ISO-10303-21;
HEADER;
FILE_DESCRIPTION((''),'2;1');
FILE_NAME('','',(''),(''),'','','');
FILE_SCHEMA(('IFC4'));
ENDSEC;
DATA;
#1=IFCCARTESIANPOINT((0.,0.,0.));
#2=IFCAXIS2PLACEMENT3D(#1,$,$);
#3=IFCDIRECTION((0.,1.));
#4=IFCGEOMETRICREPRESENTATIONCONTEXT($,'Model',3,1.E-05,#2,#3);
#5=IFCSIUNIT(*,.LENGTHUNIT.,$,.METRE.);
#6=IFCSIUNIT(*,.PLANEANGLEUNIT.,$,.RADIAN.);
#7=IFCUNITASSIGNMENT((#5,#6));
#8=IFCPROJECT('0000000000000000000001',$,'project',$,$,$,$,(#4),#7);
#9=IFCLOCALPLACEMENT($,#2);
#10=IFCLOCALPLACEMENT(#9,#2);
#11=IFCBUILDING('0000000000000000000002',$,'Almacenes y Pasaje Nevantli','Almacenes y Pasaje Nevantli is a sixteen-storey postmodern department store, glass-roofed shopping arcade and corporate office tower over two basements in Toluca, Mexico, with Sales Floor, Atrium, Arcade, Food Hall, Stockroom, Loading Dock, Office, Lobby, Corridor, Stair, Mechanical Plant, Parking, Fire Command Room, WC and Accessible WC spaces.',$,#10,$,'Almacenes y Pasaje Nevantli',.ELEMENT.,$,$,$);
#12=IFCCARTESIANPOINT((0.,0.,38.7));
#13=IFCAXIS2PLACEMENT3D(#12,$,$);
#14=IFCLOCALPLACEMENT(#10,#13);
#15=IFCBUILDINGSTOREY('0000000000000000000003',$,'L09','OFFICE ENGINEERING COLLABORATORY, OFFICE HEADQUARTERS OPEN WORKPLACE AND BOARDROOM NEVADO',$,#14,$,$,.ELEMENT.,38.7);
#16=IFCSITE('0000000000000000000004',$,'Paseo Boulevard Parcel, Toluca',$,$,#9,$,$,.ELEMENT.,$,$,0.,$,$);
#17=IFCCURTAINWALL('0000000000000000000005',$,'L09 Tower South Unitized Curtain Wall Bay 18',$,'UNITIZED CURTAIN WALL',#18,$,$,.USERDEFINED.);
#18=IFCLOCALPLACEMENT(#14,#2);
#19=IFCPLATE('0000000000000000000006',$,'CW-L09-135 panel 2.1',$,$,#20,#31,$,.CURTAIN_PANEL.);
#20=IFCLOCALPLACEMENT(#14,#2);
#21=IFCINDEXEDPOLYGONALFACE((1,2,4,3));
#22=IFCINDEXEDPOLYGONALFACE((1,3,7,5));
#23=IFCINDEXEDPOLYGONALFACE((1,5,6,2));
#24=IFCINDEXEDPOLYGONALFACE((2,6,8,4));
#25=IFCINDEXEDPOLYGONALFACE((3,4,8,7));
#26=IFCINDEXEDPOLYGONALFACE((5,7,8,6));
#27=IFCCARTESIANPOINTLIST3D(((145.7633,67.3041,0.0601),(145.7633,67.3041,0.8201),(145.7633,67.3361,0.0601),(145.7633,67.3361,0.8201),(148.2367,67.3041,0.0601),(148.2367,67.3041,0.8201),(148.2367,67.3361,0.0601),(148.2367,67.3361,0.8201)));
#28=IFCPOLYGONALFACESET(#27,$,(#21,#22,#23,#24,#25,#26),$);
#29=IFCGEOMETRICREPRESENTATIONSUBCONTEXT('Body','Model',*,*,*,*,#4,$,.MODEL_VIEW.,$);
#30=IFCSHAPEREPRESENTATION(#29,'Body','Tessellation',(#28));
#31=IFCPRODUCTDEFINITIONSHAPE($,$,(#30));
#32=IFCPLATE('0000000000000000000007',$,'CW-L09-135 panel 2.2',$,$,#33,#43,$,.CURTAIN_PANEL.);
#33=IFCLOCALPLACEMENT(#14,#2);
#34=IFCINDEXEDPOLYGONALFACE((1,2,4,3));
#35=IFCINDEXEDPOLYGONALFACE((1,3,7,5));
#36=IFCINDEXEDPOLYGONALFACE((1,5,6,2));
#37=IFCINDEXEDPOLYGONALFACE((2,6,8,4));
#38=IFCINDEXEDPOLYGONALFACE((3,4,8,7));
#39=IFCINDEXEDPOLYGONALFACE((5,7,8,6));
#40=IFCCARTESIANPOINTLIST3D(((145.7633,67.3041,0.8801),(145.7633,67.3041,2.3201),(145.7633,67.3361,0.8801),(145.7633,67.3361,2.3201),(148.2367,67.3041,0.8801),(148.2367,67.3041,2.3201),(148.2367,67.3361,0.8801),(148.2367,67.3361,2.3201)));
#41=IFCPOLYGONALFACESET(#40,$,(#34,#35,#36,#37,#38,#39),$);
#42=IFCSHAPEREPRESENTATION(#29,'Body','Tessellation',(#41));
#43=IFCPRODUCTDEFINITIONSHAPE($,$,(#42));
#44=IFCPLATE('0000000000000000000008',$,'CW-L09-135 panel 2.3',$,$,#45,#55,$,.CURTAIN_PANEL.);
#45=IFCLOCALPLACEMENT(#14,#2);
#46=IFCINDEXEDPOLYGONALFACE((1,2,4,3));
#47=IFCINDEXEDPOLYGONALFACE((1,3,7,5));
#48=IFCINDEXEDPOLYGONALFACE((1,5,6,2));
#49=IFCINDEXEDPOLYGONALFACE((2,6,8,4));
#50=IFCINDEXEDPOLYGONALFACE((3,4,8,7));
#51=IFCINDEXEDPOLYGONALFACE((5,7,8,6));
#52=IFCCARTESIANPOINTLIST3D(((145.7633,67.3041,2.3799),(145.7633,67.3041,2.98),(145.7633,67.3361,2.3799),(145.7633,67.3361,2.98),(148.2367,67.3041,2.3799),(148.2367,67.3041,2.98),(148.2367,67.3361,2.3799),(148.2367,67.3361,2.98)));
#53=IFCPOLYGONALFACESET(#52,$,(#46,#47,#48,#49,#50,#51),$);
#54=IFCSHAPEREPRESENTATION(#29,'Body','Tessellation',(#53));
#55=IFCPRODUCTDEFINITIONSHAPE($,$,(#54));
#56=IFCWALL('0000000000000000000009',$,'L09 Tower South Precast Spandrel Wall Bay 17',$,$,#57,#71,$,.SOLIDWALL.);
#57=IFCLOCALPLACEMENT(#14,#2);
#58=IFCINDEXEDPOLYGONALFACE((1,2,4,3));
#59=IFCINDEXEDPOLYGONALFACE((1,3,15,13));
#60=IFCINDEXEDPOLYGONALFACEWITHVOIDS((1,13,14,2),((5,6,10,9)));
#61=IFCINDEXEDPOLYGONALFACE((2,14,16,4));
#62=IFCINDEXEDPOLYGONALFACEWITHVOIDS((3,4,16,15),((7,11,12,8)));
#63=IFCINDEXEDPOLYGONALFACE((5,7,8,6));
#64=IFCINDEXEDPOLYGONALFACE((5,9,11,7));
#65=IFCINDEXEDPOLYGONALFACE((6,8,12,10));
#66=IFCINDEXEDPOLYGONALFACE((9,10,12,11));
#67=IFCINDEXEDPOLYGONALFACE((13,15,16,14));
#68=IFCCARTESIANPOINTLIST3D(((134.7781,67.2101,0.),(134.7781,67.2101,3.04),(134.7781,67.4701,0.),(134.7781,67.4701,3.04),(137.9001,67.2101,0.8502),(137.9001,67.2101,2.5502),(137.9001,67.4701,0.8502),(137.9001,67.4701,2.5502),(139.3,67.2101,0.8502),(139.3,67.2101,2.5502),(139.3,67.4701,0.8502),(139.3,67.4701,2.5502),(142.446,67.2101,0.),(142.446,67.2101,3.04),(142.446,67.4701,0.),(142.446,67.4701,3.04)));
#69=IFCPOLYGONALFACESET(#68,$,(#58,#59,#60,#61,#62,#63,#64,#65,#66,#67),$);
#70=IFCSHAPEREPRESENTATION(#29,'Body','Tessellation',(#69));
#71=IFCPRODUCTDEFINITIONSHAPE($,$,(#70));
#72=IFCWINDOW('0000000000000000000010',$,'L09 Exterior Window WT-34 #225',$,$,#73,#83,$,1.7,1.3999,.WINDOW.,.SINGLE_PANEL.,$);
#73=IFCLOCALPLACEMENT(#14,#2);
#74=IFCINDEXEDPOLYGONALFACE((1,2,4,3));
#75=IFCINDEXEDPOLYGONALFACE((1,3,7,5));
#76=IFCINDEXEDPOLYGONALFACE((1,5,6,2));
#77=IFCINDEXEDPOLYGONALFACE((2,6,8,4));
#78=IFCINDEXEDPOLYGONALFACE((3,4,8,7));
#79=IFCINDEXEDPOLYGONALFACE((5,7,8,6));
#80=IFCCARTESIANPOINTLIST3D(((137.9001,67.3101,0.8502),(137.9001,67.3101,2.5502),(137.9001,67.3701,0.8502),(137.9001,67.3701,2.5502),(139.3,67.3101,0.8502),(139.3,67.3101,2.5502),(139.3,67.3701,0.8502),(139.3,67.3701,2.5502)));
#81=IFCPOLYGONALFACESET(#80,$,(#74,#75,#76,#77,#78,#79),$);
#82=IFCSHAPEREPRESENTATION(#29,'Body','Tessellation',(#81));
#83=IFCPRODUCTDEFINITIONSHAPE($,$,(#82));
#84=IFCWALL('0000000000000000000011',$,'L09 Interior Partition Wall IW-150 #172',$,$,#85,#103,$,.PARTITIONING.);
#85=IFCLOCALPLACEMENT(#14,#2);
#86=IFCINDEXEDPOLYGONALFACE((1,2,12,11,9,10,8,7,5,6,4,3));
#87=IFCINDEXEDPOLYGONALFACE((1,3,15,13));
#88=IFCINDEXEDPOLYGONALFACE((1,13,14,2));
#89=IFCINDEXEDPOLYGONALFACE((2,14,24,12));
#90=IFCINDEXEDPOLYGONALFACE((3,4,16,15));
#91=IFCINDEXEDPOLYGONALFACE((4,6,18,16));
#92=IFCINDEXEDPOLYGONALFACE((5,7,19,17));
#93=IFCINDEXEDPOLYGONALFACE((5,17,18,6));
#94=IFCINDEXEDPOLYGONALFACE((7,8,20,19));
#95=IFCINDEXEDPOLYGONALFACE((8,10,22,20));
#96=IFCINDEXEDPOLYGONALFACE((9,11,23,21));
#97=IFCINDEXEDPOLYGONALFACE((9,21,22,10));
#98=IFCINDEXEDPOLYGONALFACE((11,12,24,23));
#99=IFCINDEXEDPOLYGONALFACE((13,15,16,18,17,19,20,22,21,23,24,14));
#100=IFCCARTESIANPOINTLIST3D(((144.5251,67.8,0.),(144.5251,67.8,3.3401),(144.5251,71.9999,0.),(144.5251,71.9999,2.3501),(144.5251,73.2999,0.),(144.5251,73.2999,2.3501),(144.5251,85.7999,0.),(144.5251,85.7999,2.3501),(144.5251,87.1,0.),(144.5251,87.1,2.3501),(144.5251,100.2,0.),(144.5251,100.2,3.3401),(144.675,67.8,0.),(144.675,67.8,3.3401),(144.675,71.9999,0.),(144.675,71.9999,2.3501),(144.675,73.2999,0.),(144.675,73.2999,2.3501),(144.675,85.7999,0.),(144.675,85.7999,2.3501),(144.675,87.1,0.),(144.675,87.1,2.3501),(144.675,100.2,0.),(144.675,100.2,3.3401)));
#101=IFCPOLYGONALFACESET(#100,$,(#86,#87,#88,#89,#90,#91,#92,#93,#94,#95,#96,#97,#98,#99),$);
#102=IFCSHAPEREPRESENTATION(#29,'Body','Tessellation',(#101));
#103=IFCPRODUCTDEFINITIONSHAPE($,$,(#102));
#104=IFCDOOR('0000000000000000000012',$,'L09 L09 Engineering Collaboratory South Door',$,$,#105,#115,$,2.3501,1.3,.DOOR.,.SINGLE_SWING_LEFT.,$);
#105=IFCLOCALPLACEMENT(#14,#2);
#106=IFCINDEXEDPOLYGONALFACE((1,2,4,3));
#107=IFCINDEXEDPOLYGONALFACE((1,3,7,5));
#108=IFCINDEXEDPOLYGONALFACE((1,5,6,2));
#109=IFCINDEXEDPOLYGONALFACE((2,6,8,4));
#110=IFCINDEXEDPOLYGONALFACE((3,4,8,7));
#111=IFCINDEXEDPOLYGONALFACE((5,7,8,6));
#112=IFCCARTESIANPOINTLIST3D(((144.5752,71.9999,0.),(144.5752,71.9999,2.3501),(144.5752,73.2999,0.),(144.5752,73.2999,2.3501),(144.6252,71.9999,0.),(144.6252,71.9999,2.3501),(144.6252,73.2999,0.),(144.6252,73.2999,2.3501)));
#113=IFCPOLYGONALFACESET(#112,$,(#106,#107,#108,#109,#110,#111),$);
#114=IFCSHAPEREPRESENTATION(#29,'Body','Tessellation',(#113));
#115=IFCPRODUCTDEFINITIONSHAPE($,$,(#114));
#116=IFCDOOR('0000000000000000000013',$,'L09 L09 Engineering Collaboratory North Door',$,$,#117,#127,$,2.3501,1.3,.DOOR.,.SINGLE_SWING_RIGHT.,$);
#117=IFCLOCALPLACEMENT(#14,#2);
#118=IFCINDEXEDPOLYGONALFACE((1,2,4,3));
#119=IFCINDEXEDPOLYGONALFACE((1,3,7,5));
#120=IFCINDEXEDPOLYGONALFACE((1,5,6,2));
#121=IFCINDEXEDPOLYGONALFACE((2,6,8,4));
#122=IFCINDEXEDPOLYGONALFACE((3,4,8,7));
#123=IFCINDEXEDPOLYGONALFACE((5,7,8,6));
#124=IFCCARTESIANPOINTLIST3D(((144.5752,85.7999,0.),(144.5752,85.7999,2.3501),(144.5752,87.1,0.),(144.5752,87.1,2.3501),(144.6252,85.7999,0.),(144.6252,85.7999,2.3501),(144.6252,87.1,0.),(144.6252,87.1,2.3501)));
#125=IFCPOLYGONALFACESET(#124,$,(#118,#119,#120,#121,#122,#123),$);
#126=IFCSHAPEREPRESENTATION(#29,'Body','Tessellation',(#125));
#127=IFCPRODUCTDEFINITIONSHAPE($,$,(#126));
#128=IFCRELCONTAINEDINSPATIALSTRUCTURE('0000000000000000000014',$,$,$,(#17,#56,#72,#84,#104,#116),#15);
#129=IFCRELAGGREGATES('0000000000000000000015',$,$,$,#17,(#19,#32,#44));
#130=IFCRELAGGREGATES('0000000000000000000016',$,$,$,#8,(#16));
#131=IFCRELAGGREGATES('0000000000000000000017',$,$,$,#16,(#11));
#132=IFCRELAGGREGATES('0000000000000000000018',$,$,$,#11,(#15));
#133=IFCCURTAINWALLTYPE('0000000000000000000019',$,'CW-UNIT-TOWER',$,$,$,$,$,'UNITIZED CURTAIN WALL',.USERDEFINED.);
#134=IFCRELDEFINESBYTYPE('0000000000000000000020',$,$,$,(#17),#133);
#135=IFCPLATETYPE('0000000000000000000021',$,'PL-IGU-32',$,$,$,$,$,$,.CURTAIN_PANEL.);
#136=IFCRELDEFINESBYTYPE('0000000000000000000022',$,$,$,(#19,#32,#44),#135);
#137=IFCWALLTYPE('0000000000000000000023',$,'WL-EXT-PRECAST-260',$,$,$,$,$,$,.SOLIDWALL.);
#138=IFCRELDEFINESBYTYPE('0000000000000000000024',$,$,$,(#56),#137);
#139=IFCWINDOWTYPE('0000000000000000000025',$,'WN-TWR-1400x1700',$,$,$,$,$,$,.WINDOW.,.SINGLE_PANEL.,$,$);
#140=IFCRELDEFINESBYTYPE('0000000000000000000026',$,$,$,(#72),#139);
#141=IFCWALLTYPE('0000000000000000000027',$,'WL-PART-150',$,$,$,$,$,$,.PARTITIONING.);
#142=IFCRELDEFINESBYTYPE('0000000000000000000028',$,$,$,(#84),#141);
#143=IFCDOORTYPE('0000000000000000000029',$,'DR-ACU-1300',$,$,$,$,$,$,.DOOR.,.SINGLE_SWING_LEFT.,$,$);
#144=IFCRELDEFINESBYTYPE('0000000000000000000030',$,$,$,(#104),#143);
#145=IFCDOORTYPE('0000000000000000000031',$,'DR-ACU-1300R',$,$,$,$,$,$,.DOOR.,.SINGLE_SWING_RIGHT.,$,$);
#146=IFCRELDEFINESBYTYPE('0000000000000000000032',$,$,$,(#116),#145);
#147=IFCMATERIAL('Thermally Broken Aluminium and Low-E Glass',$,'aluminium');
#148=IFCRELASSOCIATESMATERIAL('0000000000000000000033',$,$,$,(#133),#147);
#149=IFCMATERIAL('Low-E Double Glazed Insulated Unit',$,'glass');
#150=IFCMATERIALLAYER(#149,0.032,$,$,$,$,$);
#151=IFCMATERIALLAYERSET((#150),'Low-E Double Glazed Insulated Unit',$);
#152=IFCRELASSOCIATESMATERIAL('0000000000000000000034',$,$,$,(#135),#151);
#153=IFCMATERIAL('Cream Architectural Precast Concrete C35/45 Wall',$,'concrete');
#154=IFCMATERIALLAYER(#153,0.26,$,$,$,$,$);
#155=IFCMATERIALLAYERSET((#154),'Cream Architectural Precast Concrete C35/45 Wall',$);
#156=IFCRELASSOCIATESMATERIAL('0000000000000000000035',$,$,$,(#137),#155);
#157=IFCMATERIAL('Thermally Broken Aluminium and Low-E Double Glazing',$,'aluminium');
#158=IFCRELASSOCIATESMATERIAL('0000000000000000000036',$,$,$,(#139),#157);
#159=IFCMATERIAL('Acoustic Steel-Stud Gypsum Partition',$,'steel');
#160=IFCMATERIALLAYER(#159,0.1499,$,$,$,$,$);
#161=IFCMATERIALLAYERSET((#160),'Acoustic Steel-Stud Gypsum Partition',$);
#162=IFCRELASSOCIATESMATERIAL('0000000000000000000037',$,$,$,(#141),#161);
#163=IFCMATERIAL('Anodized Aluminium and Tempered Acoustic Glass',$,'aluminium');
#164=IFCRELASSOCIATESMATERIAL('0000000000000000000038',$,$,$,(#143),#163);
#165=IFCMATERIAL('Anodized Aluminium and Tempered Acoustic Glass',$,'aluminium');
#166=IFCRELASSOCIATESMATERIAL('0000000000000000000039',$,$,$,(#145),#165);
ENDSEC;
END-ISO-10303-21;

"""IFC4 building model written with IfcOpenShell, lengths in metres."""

from ifc_helpers import new_model, si_unit, direction, frame, frame_2d, origin, origin_2d, place, context, subcontext, project, spatial, rectangle, extrude, material, layer, layer_set, type_object, element, fill, aggregate, save


model = new_model("IFC4")

# Units and contexts
model_context = context("Model", 3, precision=1e-05, world=origin(), true_north=direction((0.0, 1.0)))
body_context = subcontext(model_context, "Body", "Model", "MODEL_VIEW")
ifc_project = project(units=[si_unit("LENGTHUNIT", "METRE"), si_unit("PLANEANGLEUNIT", "RADIAN")], contexts=[model_context])

# Site, building, storey
site_placement = place(None, origin())
site = spatial("IfcSite", under=ifc_project, at=site_placement, Name="Paseo Boulevard Parcel, Toluca", CompositionType="ELEMENT", RefElevation=0.0)
building_placement = place(site_placement, origin())
building = spatial("IfcBuilding", under=site, at=building_placement, Name="Almacenes y Pasaje Nevantli", Description="Almacenes y Pasaje Nevantli is a sixteen-storey postmodern department store, glass-roofed shopping arcade and corporate office tower over two basements in Toluca, Mexico, with Sales Floor, Atrium, Arcade, Food Hall, Stockroom, Loading Dock, Office, Lobby, Corridor, Stair, Mechanical Plant, Parking, Fire Command Room, WC and Accessible WC spaces.", LongName="Almacenes y Pasaje Nevantli", CompositionType="ELEMENT")
storey_placement = place(building_placement, frame((0.0, 0.0, 38.7)))
storey = spatial("IfcBuildingStorey", under=building, at=storey_placement, Name="L09", Description="OFFICE ENGINEERING COLLABORATORY, OFFICE HEADQUARTERS OPEN WORKPLACE AND BOARDROOM NEVADO", CompositionType="ELEMENT", Elevation=38.7)

# Shared definitions
ifc_material_1 = material(Name="Thermally Broken Aluminium and Low-E Glass", Category="aluminium")
curtain_wall_type = type_object("IfcCurtainWallType", Name="CW-UNIT-TOWER", ElementType="UNITIZED CURTAIN WALL", PredefinedType="USERDEFINED", material=ifc_material_1)

# Curtain wall
curtain_wall_1_placement = place(storey_placement, origin())
curtain_wall_1 = element("IfcCurtainWall", 1, at=curtain_wall_1_placement, inside=storey, type_object=curtain_wall_type, Name="L09 Tower South Unitized Curtain Wall Bay 18", ObjectType="UNITIZED CURTAIN WALL", PredefinedType="USERDEFINED")

# Plates
ifc_material_2 = material(Name="Low-E Double Glazed Insulated Unit", Category="glass")
ifc_layer_1 = layer(ifc_material_2, 0.032)
ifc_layer_set_1 = layer_set([ifc_layer_1], Name="Low-E Double Glazed Insulated Unit")
plate_type = type_object("IfcPlateType", Name="PL-IGU-32", PredefinedType="CURTAIN_PANEL", material=ifc_layer_set_1)
plate_1_placement = place(storey_placement, frame((147.0, 67.3201, 0.0601), z_axis=(0.0, 0.0, 1.0), x_axis=(1.0, 0.0, 0.0)))
plate_1 = element("IfcPlate", 2, at=plate_1_placement, type_object=plate_type, Name="CW-L09-135 panel 2.1", PredefinedType="CURTAIN_PANEL", context=body_context, shape_type="SweptSolid", body=[
    extrude(rectangle(XDim=2.4734, YDim=0.032, at=origin_2d()), origin(), (0.0, 0.0, 1.0), 0.76),
])
plate_2_placement = place(storey_placement, frame((147.0, 67.3201, 0.8801), z_axis=(0.0, 0.0, 1.0), x_axis=(1.0, 0.0, 0.0)))
plate_2 = element("IfcPlate", 3, at=plate_2_placement, type_object=plate_type, Name="CW-L09-135 panel 2.2", PredefinedType="CURTAIN_PANEL", context=body_context, shape_type="SweptSolid", body=[
    extrude(rectangle(XDim=2.4734, YDim=0.032, at=origin_2d()), origin(), (0.0, 0.0, 1.0), 1.4399),
])
plate_3_placement = place(storey_placement, frame((147.0, 67.3201, 2.3799), z_axis=(0.0, 0.0, 1.0), x_axis=(1.0, 0.0, 0.0)))
plate_3 = element("IfcPlate", 4, at=plate_3_placement, type_object=plate_type, Name="CW-L09-135 panel 2.3", PredefinedType="CURTAIN_PANEL", context=body_context, shape_type="SweptSolid", body=[
    extrude(rectangle(XDim=2.4734, YDim=0.032, at=origin_2d()), origin(), (0.0, 0.0, 1.0), 0.6001),
])
aggregate(curtain_wall_1, [plate_1, plate_2, plate_3])

# Wall, opening, window
ifc_material_3 = material(Name="Cream Architectural Precast Concrete C35/45 Wall", Category="concrete")
ifc_layer_2 = layer(ifc_material_3, 0.26)
ifc_layer_set_2 = layer_set([ifc_layer_2], Name="Cream Architectural Precast Concrete C35/45 Wall")
wall_type_1 = type_object("IfcWallType", Name="WL-EXT-PRECAST-260", PredefinedType="SOLIDWALL", material=ifc_layer_set_2)
wall_1_placement = place(storey_placement, frame((134.7781, 67.3401, 0.0), z_axis=(0.0, 0.0, 1.0), x_axis=(1.0, 0.0, 0.0)))
wall_1 = element("IfcWall", 5, at=wall_1_placement, inside=storey, type_object=wall_type_1, Name="L09 Tower South Precast Spandrel Wall Bay 17", PredefinedType="SOLIDWALL", context=body_context, shape_type="SweptSolid", body=[
    extrude(rectangle(XDim=7.668, YDim=0.26, at=frame_2d((3.834, 0.0))), origin(), (0.0, 0.0, 1.0), 3.04),
])
opening_1_placement = place(wall_1_placement, frame((3.1221, 0.0, 0.8501)))
opening_1 = element("IfcOpeningElement", 6, at=opening_1_placement, cuts=wall_1, PredefinedType="OPENING", context=body_context, shape_type="SweptSolid", body=[
    extrude(rectangle(XDim=1.3999, YDim=1.7, at=frame_2d((0.7, 0.8501))), frame((0.0, 0.1399, 0.0), z_axis=(0.0, -1.0, 0.0), x_axis=(1.0, 0.0, 0.0)), (0.0, 0.0, 1.0), 0.28),
])
ifc_material_4 = material(Name="Thermally Broken Aluminium and Low-E Double Glazing", Category="aluminium")
window_type = type_object("IfcWindowType", Name="WN-TWR-1400x1700", PartitioningType="SINGLE_PANEL", PredefinedType="WINDOW", material=ifc_material_4)
window_placement = place(opening_1_placement, origin())
window = element("IfcWindow", 7, at=window_placement, inside=storey, type_object=window_type, Name="L09 Exterior Window WT-34 #225", OverallHeight=1.7, OverallWidth=1.3999, PartitioningType="SINGLE_PANEL", PredefinedType="WINDOW", context=body_context, shape_type="SweptSolid", body=[
    extrude(rectangle(XDim=1.3999, YDim=1.7, at=frame_2d((0.7, 0.8501))), frame((0.0, 0.03, 0.0), z_axis=(0.0, -1.0, 0.0), x_axis=(1.0, 0.0, 0.0)), (0.0, 0.0, 1.0), 0.0601),
])
fill(opening_1, window)

# Wall, openings, doors
ifc_material_5 = material(Name="Acoustic Steel-Stud Gypsum Partition", Category="steel")
ifc_layer_3 = layer(ifc_material_5, 0.1499)
ifc_layer_set_3 = layer_set([ifc_layer_3], Name="Acoustic Steel-Stud Gypsum Partition")
wall_type_2 = type_object("IfcWallType", Name="WL-PART-150", PredefinedType="PARTITIONING", material=ifc_layer_set_3)
wall_2_placement = place(storey_placement, frame((144.6001, 67.8, 0.0), z_axis=(0.0, 0.0, 1.0), x_axis=(0.0, 1.0, 0.0)))
wall_2 = element("IfcWall", 8, at=wall_2_placement, inside=storey, type_object=wall_type_2, Name="L09 Interior Partition Wall IW-150 #172", PredefinedType="PARTITIONING", context=body_context, shape_type="SweptSolid", body=[
    extrude(rectangle(XDim=32.3999, YDim=0.1499, at=frame_2d((16.2, 0.0))), origin(), (0.0, 0.0, 1.0), 3.3401),
])
opening_2_placement = place(wall_2_placement, frame((4.2, 0.0, 0.0)))
opening_2 = element("IfcOpeningElement", 9, at=opening_2_placement, cuts=wall_2, PredefinedType="OPENING", context=body_context, shape_type="SweptSolid", body=[
    extrude(rectangle(XDim=1.3, YDim=2.3501, at=frame_2d((0.6499, 1.175))), frame((0.0, 0.085, 0.0), z_axis=(0.0, -1.0, 0.0), x_axis=(1.0, 0.0, 0.0)), (0.0, 0.0, 1.0), 0.1699),
])
opening_3_placement = place(wall_2_placement, frame((18.0, 0.0, 0.0)))
opening_3 = element("IfcOpeningElement", 10, at=opening_3_placement, cuts=wall_2, PredefinedType="OPENING", context=body_context, shape_type="SweptSolid", body=[
    extrude(rectangle(XDim=1.3, YDim=2.3501, at=frame_2d((0.6499, 1.175))), frame((0.0, 0.085, 0.0), z_axis=(0.0, -1.0, 0.0), x_axis=(1.0, 0.0, 0.0)), (0.0, 0.0, 1.0), 0.1699),
])
ifc_material_6 = material(Name="Anodized Aluminium and Tempered Acoustic Glass", Category="aluminium")
door_type_1 = type_object("IfcDoorType", Name="DR-ACU-1300", OperationType="SINGLE_SWING_LEFT", PredefinedType="DOOR", material=ifc_material_6)
door_1_placement = place(opening_2_placement, origin())
door_1 = element("IfcDoor", 11, at=door_1_placement, inside=storey, type_object=door_type_1, Name="L09 L09 Engineering Collaboratory South Door", OperationType="SINGLE_SWING_LEFT", OverallHeight=2.3501, OverallWidth=1.3, PredefinedType="DOOR", context=body_context, shape_type="SweptSolid", body=[
    extrude(rectangle(XDim=1.3, YDim=2.3501, at=frame_2d((0.6499, 1.175))), frame((0.0, 0.0249, 0.0), z_axis=(0.0, -1.0, 0.0), x_axis=(1.0, 0.0, 0.0)), (0.0, 0.0, 1.0), 0.05),
])
fill(opening_2, door_1)
ifc_material_7 = material(Name="Anodized Aluminium and Tempered Acoustic Glass", Category="aluminium")
door_type_2 = type_object("IfcDoorType", Name="DR-ACU-1300R", OperationType="SINGLE_SWING_RIGHT", PredefinedType="DOOR", material=ifc_material_7)
door_2_placement = place(opening_3_placement, origin())
door_2 = element("IfcDoor", 12, at=door_2_placement, inside=storey, type_object=door_type_2, Name="L09 L09 Engineering Collaboratory North Door", OperationType="SINGLE_SWING_RIGHT", OverallHeight=2.3501, OverallWidth=1.3, PredefinedType="DOOR", context=body_context, shape_type="SweptSolid", body=[
    extrude(rectangle(XDim=1.3, YDim=2.3501, at=frame_2d((0.6499, 1.175))), frame((0.0, 0.0249, 0.0), z_axis=(0.0, -1.0, 0.0), x_axis=(1.0, 0.0, 0.0)), (0.0, 0.0, 1.0), 0.05),
])
fill(opening_3, door_2)

save(model, "model.ifc")
